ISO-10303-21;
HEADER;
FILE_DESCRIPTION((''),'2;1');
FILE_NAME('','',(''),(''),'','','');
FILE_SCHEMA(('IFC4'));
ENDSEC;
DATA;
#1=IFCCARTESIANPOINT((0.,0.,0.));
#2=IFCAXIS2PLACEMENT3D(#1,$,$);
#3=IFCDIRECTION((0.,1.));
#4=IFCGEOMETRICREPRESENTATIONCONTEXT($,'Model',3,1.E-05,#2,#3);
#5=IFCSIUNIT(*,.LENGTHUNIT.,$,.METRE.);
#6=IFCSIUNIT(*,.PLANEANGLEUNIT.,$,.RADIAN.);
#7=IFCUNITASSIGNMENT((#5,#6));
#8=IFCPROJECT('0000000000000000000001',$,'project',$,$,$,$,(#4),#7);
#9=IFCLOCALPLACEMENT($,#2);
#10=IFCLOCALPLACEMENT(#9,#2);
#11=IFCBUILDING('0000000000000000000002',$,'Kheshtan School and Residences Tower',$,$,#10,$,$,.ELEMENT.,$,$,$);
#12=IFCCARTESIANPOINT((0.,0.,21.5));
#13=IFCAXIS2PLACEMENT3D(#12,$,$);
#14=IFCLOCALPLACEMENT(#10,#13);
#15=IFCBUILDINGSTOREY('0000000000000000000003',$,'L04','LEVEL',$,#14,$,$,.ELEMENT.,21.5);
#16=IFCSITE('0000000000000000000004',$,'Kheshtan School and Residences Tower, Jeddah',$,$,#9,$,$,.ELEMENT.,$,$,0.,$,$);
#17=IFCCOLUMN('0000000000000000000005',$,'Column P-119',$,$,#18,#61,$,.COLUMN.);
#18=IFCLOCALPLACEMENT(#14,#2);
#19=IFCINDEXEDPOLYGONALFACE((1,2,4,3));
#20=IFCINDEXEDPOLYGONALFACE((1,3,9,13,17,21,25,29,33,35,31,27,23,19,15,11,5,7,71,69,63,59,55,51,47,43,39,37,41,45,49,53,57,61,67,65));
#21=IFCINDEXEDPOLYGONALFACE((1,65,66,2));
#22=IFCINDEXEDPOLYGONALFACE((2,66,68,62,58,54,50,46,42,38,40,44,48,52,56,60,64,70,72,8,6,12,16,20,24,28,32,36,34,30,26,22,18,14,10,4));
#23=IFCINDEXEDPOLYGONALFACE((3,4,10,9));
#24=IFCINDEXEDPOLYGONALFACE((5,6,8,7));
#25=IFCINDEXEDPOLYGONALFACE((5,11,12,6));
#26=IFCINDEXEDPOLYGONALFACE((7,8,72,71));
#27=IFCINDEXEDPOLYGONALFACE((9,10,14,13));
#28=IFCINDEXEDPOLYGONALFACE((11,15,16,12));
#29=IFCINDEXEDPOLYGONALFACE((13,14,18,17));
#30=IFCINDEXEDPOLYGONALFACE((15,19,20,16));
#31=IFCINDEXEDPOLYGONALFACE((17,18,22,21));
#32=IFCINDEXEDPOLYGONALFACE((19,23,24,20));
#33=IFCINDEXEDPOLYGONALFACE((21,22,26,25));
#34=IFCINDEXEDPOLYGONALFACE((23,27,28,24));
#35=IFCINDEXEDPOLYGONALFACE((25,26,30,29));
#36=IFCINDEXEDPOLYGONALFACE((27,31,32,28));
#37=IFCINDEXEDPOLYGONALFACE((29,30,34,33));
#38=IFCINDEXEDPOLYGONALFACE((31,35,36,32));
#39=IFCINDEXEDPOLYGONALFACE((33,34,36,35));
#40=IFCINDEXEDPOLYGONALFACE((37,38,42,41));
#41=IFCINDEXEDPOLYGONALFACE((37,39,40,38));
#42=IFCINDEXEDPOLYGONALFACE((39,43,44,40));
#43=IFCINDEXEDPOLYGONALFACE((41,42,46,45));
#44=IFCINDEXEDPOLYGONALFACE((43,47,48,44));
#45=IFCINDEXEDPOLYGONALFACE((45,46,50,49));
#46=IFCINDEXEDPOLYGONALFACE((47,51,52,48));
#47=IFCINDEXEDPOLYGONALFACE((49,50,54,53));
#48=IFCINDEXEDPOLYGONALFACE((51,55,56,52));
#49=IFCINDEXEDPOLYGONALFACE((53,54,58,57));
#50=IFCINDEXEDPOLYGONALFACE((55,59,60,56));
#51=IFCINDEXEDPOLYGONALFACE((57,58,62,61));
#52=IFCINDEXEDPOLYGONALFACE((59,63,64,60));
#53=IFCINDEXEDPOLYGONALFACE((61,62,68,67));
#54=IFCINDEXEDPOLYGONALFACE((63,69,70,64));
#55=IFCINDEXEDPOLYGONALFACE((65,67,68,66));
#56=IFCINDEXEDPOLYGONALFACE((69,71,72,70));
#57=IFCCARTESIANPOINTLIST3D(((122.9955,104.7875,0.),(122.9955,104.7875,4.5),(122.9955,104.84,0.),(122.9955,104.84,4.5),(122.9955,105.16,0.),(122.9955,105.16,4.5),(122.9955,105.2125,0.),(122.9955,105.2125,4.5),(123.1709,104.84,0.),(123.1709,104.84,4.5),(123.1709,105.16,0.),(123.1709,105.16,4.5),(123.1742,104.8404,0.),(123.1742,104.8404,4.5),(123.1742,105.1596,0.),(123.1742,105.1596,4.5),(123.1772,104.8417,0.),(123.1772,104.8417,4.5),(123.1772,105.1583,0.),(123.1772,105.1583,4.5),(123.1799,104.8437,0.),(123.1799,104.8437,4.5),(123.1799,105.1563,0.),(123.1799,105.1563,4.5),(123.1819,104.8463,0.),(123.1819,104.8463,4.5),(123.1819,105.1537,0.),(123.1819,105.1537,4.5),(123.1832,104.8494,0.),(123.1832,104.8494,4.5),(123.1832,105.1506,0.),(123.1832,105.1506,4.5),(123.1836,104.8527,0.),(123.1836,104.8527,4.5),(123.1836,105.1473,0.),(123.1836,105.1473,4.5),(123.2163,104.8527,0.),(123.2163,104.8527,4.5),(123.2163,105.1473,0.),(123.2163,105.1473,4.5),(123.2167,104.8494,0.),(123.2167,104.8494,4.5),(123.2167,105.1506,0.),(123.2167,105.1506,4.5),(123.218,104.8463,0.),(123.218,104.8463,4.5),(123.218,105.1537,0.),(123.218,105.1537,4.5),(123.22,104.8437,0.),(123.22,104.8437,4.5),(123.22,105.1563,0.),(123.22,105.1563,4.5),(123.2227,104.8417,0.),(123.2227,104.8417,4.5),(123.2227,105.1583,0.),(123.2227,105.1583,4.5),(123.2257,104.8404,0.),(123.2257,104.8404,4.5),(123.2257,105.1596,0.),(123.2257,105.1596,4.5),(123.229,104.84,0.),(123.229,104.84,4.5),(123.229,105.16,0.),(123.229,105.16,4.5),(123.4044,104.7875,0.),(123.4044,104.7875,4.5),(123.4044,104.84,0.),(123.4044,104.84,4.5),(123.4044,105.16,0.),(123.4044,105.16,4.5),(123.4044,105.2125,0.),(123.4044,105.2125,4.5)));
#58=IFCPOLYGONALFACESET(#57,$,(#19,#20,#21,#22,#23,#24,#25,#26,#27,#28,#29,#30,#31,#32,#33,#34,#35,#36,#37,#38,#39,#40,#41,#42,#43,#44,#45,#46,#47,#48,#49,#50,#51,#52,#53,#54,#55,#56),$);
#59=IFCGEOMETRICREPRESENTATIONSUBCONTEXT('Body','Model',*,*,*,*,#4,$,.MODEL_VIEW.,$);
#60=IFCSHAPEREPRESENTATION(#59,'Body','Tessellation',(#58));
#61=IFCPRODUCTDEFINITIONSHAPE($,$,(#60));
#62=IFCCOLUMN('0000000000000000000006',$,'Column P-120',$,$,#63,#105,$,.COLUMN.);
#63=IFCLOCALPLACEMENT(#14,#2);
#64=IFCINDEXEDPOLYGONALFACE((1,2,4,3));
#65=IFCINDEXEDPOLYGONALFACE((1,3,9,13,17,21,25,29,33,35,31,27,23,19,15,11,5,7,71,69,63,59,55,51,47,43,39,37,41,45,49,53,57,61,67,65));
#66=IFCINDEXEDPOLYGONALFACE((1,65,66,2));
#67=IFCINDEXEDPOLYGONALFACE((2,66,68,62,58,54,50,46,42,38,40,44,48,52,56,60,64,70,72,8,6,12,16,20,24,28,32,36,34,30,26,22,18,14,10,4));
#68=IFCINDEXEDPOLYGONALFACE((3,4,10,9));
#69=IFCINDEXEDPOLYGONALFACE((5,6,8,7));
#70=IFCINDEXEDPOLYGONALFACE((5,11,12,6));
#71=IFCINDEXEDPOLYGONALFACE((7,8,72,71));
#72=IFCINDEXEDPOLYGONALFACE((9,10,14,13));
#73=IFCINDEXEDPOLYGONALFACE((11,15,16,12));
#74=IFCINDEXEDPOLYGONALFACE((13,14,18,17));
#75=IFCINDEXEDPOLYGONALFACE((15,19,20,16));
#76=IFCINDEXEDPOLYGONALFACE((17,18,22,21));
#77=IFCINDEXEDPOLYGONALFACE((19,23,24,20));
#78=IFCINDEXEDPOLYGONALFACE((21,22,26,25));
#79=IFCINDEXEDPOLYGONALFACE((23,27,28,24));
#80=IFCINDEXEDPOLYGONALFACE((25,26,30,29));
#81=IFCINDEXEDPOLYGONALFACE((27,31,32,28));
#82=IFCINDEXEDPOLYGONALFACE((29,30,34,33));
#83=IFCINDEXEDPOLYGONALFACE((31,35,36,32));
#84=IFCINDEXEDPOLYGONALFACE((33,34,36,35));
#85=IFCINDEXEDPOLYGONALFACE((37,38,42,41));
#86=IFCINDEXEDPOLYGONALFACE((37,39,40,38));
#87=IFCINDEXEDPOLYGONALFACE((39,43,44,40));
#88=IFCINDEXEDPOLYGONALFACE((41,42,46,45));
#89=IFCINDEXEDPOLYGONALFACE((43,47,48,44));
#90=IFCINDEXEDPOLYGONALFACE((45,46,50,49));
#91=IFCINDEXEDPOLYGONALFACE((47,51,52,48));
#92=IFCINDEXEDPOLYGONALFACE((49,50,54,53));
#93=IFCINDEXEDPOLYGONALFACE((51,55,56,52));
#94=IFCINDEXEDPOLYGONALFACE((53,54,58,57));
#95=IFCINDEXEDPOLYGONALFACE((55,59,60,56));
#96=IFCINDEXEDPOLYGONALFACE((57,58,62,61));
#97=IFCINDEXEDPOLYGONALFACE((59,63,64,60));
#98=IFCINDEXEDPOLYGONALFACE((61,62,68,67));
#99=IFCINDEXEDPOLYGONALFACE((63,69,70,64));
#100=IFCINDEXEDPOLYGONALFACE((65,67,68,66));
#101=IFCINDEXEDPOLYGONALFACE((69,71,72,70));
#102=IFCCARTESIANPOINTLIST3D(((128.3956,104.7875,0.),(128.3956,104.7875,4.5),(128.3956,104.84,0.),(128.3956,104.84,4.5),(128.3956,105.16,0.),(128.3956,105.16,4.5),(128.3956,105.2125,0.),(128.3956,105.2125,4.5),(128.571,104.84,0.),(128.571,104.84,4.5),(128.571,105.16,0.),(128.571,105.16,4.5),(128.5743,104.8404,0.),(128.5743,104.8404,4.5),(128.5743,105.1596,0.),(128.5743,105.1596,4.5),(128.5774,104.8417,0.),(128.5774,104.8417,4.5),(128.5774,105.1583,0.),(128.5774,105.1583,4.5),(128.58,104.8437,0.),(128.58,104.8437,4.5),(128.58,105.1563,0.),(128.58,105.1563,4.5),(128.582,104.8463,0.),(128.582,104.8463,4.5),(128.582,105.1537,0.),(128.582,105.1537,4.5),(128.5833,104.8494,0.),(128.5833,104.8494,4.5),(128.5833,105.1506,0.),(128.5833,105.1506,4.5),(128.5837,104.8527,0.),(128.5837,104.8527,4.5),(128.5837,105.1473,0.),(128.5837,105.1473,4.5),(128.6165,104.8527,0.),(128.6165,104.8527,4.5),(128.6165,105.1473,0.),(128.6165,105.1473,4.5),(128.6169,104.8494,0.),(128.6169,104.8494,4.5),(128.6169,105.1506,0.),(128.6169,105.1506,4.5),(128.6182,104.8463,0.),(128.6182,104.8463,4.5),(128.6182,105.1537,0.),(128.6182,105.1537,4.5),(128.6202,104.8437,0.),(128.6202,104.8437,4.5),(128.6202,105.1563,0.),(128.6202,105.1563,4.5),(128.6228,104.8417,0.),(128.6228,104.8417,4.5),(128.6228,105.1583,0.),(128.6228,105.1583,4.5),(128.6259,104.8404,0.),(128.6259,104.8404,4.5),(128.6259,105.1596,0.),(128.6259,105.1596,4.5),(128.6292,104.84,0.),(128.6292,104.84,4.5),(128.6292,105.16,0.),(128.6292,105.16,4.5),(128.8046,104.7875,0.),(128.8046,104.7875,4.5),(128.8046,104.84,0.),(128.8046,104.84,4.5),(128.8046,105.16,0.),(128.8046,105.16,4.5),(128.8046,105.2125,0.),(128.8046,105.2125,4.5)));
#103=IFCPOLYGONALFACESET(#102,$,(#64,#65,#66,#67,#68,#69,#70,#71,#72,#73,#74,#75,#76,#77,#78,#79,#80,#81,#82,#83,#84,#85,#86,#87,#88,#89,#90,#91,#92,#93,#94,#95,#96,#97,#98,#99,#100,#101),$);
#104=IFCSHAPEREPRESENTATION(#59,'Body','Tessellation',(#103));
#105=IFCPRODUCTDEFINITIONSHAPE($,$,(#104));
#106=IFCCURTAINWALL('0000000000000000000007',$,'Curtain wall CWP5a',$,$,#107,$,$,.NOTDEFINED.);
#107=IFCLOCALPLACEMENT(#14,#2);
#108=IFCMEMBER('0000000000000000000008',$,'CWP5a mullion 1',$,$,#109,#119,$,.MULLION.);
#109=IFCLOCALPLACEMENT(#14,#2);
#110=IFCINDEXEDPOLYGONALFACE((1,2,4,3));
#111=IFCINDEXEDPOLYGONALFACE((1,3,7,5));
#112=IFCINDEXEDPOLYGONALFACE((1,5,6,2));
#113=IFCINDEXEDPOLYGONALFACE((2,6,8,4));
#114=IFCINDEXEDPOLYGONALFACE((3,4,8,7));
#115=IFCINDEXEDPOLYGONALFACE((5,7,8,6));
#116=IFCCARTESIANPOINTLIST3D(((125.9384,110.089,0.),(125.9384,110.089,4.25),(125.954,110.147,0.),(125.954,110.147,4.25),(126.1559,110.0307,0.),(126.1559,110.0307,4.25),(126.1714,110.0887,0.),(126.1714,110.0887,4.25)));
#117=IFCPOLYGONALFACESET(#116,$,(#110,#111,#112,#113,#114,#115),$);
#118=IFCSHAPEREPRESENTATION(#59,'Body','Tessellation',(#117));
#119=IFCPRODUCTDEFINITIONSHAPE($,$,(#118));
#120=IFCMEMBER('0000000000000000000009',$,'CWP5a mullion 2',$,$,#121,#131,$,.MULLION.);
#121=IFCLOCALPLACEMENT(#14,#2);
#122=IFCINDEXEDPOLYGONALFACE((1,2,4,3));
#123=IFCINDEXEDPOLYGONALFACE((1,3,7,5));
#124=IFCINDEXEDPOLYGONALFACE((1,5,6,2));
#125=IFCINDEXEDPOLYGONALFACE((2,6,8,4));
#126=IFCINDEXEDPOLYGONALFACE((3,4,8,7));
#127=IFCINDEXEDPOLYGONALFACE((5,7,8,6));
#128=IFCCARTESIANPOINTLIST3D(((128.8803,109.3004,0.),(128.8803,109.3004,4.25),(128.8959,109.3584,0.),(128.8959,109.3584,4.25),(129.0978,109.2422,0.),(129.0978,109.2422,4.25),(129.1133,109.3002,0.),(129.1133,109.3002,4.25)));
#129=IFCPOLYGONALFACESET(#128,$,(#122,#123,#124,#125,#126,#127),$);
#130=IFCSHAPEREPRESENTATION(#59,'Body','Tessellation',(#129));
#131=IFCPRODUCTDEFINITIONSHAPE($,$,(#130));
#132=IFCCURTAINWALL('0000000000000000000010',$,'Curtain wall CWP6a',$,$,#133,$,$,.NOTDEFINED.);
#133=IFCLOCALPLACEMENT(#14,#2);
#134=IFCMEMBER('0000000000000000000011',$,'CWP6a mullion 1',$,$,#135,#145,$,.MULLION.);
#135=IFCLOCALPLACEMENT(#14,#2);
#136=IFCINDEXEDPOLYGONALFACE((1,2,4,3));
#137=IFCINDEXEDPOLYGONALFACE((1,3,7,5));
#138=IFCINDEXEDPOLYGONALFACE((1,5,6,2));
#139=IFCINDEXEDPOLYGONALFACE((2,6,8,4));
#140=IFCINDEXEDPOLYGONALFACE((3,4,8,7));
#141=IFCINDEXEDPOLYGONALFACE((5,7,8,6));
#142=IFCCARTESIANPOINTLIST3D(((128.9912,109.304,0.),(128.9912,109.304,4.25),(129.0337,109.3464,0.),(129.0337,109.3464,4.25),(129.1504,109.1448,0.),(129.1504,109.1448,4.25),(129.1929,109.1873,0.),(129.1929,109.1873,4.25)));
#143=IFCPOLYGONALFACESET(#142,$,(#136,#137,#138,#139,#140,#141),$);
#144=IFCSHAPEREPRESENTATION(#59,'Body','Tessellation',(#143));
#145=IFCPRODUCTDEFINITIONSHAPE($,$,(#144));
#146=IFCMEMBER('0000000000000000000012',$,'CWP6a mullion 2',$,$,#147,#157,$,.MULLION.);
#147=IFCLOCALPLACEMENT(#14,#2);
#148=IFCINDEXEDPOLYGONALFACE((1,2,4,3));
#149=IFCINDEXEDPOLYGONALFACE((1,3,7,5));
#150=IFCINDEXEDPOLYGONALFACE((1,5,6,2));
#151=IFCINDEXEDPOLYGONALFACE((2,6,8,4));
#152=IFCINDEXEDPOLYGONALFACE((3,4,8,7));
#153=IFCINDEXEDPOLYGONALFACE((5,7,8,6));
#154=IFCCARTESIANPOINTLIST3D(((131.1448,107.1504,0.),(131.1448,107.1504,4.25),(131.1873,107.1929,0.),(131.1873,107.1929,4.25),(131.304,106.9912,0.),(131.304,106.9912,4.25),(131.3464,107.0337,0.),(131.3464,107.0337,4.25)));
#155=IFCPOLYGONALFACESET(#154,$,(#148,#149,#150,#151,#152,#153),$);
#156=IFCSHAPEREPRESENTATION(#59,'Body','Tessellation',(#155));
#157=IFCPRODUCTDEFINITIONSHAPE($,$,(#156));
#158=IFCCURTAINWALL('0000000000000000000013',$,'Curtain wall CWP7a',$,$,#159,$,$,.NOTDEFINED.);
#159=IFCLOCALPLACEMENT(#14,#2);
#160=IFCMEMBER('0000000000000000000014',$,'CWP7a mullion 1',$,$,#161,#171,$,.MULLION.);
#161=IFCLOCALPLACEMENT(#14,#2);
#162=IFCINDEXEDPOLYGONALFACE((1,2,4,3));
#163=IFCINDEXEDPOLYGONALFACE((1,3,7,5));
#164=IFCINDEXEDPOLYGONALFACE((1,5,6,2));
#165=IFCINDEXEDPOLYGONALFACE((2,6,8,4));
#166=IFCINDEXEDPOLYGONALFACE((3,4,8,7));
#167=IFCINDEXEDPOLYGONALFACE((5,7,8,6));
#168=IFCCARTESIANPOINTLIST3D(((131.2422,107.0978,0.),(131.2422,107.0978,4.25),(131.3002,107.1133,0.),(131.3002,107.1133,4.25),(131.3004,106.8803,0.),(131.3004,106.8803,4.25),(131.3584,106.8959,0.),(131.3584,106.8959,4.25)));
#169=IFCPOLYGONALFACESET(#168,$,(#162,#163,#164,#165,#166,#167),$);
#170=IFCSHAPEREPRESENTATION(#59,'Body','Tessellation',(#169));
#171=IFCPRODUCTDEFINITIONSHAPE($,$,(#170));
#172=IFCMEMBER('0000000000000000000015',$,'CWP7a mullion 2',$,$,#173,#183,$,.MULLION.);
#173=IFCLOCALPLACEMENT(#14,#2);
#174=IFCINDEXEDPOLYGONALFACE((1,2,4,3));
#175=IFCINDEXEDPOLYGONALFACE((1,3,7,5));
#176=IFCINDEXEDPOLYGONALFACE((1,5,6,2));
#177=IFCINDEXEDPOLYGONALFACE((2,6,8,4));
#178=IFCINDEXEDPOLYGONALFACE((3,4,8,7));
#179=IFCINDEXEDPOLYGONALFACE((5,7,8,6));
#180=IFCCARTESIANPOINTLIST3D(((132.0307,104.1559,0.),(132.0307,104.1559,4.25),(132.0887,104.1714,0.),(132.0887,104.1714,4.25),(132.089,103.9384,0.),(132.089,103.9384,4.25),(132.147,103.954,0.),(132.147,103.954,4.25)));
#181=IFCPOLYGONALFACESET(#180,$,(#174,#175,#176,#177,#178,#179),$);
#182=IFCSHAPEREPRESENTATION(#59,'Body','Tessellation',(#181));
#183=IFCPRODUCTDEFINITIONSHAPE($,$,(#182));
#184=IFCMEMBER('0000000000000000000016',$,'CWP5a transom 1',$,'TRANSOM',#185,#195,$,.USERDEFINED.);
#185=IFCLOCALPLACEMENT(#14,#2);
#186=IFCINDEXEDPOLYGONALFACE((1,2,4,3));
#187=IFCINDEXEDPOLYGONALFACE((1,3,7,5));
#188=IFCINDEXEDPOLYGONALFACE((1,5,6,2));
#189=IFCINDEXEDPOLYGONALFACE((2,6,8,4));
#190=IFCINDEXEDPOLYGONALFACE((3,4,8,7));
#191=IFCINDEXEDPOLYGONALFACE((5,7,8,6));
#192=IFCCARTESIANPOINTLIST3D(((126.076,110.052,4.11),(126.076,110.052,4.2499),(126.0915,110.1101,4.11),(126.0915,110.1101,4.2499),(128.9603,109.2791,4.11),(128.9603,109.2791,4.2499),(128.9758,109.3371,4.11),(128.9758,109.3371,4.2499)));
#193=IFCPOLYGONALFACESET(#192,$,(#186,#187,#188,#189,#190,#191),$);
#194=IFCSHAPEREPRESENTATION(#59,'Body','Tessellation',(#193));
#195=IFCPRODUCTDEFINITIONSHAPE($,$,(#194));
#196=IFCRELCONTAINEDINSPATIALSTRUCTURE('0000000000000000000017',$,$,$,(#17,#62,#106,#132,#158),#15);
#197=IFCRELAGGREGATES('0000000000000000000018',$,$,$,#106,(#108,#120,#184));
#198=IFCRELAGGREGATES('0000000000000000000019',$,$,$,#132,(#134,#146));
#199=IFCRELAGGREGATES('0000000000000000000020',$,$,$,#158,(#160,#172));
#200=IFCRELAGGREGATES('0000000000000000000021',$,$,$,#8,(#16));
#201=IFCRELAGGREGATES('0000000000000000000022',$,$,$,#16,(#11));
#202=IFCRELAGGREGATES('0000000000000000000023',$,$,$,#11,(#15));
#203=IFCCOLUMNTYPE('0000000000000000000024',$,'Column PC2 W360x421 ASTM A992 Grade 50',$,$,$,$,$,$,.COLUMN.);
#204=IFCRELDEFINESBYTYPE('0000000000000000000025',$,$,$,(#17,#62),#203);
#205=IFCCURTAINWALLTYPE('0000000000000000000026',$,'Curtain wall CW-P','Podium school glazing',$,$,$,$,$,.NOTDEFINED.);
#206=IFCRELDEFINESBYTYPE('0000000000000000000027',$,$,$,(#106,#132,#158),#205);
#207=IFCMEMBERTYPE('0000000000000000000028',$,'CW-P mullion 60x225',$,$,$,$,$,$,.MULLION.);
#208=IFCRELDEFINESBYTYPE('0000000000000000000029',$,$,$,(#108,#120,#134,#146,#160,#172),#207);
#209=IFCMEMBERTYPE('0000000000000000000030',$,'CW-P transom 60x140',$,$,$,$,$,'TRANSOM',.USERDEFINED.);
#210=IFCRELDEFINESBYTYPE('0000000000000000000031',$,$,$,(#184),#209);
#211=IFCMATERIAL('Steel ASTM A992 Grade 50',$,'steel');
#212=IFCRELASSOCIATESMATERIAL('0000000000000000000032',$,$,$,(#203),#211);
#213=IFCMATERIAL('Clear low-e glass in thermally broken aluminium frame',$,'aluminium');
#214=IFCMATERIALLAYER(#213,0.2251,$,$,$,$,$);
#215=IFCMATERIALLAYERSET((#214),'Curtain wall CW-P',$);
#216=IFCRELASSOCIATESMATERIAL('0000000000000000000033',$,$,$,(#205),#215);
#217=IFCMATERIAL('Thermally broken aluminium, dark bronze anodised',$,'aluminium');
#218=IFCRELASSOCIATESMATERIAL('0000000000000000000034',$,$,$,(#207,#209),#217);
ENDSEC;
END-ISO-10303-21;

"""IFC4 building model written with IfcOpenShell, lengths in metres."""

from ifc_helpers import new_model, si_unit, direction, frame, origin, origin_2d, place, context, subcontext, project, spatial, rectangle, i_section, extrude, material, layer, layer_set, material_profile, profile_set, type_object, element, aggregate, save


model = new_model("IFC4")

# Units and contexts
model_context = context("Model", 3, precision=1e-05, world=origin(), true_north=direction((0.0, 1.0)))
body_context = subcontext(model_context, "Body", "Model", "MODEL_VIEW")
ifc_project = project(units=[si_unit("LENGTHUNIT", "METRE"), si_unit("PLANEANGLEUNIT", "RADIAN")], contexts=[model_context])

# Site, building, storey
site_placement = place(None, origin())
site = spatial("IfcSite", under=ifc_project, at=site_placement, Name="Kheshtan School and Residences Tower, Jeddah", CompositionType="ELEMENT", RefElevation=0.0)
building_placement = place(site_placement, origin())
building = spatial("IfcBuilding", under=site, at=building_placement, Name="Kheshtan School and Residences Tower", CompositionType="ELEMENT")
storey_placement = place(building_placement, frame((0.0, 0.0, 21.5)))
storey = spatial("IfcBuildingStorey", under=building, at=storey_placement, Name="L04", Description="LEVEL", CompositionType="ELEMENT", Elevation=21.5)

# Columns
ifc_material_1 = material(Name="Steel ASTM A992 Grade 50", Category="steel")
ifc_material_profile_1 = material_profile(ifc_material_1, i_section(OverallWidth=0.4089, OverallDepth=0.425, WebThickness=0.0327, FlangeThickness=0.0525, FilletRadius=0.0127, at=origin_2d()), Name="W360x421")
ifc_profile_set_1 = profile_set([ifc_material_profile_1], Name="Steel ASTM A992 Grade 50")
column_type = type_object("IfcColumnType", Name="Column PC2 W360x421 ASTM A992 Grade 50", PredefinedType="COLUMN", material=ifc_profile_set_1)
for number, where, z_axis, x_axis, name in (
    (1, (123.2, 105.0, 0.0), (0.0, 0.0, 1.0), (1.0, 0.0, 0.0), "Column P-119"),
    (2, (128.6001, 105.0, 0.0), (0.0, 0.0, 1.0), (1.0, 0.0, 0.0), "Column P-120"),
):
    element("IfcColumn", number, at=place(storey_placement, frame(where, z_axis=z_axis, x_axis=x_axis)), inside=storey, type_object=column_type, Name=name, PredefinedType="COLUMN", context=body_context, shape_type="SweptSolid", body=[
        extrude(i_section(OverallWidth=0.4089, OverallDepth=0.425, WebThickness=0.0327, FlangeThickness=0.0525, FilletRadius=0.0127, at=origin_2d()), origin(), (0.0, 0.0, 1.0), 4.5),
    ])

# Curtain walls, members
ifc_material_2 = material(Name="Clear low-e glass in thermally broken aluminium frame", Category="aluminium")
ifc_layer_1 = layer(ifc_material_2, 0.2251)
ifc_layer_set_1 = layer_set([ifc_layer_1], Name="Curtain wall CW-P")
curtain_wall_type = type_object("IfcCurtainWallType", Name="Curtain wall CW-P", Description="Podium school glazing", PredefinedType="NOTDEFINED", material=ifc_layer_set_1)
curtain_wall_1_placement = place(storey_placement, origin())
curtain_wall_1 = element("IfcCurtainWall", 3, at=curtain_wall_1_placement, inside=storey, type_object=curtain_wall_type, Name="Curtain wall CWP5a", PredefinedType="NOTDEFINED")
ifc_material_3 = material(Name="Thermally broken aluminium, dark bronze anodised", Category="aluminium")
ifc_material_profile_2 = material_profile(ifc_material_3, rectangle(XDim=0.0601, YDim=0.2251, at=origin_2d()), Name="CW-P mullion 60x225")
ifc_profile_set_2 = profile_set([ifc_material_profile_2], Name="Thermally broken aluminium, dark bronze anodised")
member_type_1 = type_object("IfcMemberType", Name="CW-P mullion 60x225", PredefinedType="MULLION", material=ifc_profile_set_2)
member_1_placement = place(storey_placement, frame((126.0549, 110.0889, 0.0), z_axis=(0.0, 0.0, 1.0), x_axis=(0.258865, 0.965914, 0.0)))
member_1 = element("IfcMember", 4, at=member_1_placement, type_object=member_type_1, Name="CWP5a mullion 1", PredefinedType="MULLION", context=body_context, shape_type="SweptSolid", body=[
    extrude(rectangle(XDim=0.0601, YDim=0.2251, at=origin_2d()), origin(), (0.0, 0.0, 1.0), 4.25),
])
member_2_placement = place(storey_placement, frame((128.9968, 109.3003, 0.0), z_axis=(0.0, 0.0, 1.0), x_axis=(0.258865, 0.965914, 0.0)))
member_2 = element("IfcMember", 5, at=member_2_placement, type_object=member_type_1, Name="CWP5a mullion 2", PredefinedType="MULLION", context=body_context, shape_type="SweptSolid", body=[
    extrude(rectangle(XDim=0.0601, YDim=0.2251, at=origin_2d()), origin(), (0.0, 0.0, 1.0), 4.25),
])
curtain_wall_2_placement = place(storey_placement, origin())
curtain_wall_2 = element("IfcCurtainWall", 6, at=curtain_wall_2_placement, inside=storey, type_object=curtain_wall_type, Name="Curtain wall CWP6a", PredefinedType="NOTDEFINED")
member_3_placement = place(storey_placement, frame((129.092, 109.2456, 0.0), z_axis=(0.0, 0.0, 1.0), x_axis=(0.707107, 0.707107, 0.0)))
member_3 = element("IfcMember", 7, at=member_3_placement, type_object=member_type_1, Name="CWP6a mullion 1", PredefinedType="MULLION", context=body_context, shape_type="SweptSolid", body=[
    extrude(rectangle(XDim=0.0601, YDim=0.2251, at=origin_2d()), origin(), (0.0, 0.0, 1.0), 4.25),
])
member_4_placement = place(storey_placement, frame((131.2456, 107.092, 0.0), z_axis=(0.0, 0.0, 1.0), x_axis=(0.707107, 0.707107, 0.0)))
member_4 = element("IfcMember", 8, at=member_4_placement, type_object=member_type_1, Name="CWP6a mullion 2", PredefinedType="MULLION", context=body_context, shape_type="SweptSolid", body=[
    extrude(rectangle(XDim=0.0601, YDim=0.2251, at=origin_2d()), origin(), (0.0, 0.0, 1.0), 4.25),
])
curtain_wall_3_placement = place(storey_placement, origin())
curtain_wall_3 = element("IfcCurtainWall", 9, at=curtain_wall_3_placement, inside=storey, type_object=curtain_wall_type, Name="Curtain wall CWP7a", PredefinedType="NOTDEFINED")
member_5_placement = place(storey_placement, frame((131.3003, 106.9968, 0.0), z_axis=(0.0, 0.0, 1.0), x_axis=(0.965914, 0.258865, 0.0)))
member_5 = element("IfcMember", 10, at=member_5_placement, type_object=member_type_1, Name="CWP7a mullion 1", PredefinedType="MULLION", context=body_context, shape_type="SweptSolid", body=[
    extrude(rectangle(XDim=0.0601, YDim=0.2251, at=origin_2d()), origin(), (0.0, 0.0, 1.0), 4.25),
])
member_6_placement = place(storey_placement, frame((132.0889, 104.0549, 0.0), z_axis=(0.0, 0.0, 1.0), x_axis=(0.965914, 0.258865, 0.0)))
member_6 = element("IfcMember", 11, at=member_6_placement, type_object=member_type_1, Name="CWP7a mullion 2", PredefinedType="MULLION", context=body_context, shape_type="SweptSolid", body=[
    extrude(rectangle(XDim=0.0601, YDim=0.2251, at=origin_2d()), origin(), (0.0, 0.0, 1.0), 4.25),
])

# Member
ifc_material_profile_3 = material_profile(ifc_material_3, rectangle(XDim=0.0601, YDim=0.1399, at=origin_2d()), Name="CW-P transom 60x140")
ifc_profile_set_3 = profile_set([ifc_material_profile_3], Name="Thermally broken aluminium, dark bronze anodised")
member_type_2 = type_object("IfcMemberType", Name="CW-P transom 60x140", ElementType="TRANSOM", PredefinedType="USERDEFINED", material=ifc_profile_set_3)
member_7_placement = place(storey_placement, frame((126.0837, 110.0811, 4.1799), z_axis=(0.965917, -0.258853, 0.0), x_axis=(0.258853, 0.965917, 0.0)))
member_7 = element("IfcMember", 12, at=member_7_placement, type_object=member_type_2, Name="CWP5a transom 1", ObjectType="TRANSOM", PredefinedType="USERDEFINED", context=body_context, shape_type="SweptSolid", body=[
    extrude(rectangle(XDim=0.0601, YDim=0.1399, at=origin_2d()), origin(), (0.0, 0.0, 1.0), 2.9861),
])

aggregate(curtain_wall_1, [member_1, member_2, member_7])
aggregate(curtain_wall_2, [member_3, member_4])
aggregate(curtain_wall_3, [member_5, member_6])

save(model, "model.ifc")
